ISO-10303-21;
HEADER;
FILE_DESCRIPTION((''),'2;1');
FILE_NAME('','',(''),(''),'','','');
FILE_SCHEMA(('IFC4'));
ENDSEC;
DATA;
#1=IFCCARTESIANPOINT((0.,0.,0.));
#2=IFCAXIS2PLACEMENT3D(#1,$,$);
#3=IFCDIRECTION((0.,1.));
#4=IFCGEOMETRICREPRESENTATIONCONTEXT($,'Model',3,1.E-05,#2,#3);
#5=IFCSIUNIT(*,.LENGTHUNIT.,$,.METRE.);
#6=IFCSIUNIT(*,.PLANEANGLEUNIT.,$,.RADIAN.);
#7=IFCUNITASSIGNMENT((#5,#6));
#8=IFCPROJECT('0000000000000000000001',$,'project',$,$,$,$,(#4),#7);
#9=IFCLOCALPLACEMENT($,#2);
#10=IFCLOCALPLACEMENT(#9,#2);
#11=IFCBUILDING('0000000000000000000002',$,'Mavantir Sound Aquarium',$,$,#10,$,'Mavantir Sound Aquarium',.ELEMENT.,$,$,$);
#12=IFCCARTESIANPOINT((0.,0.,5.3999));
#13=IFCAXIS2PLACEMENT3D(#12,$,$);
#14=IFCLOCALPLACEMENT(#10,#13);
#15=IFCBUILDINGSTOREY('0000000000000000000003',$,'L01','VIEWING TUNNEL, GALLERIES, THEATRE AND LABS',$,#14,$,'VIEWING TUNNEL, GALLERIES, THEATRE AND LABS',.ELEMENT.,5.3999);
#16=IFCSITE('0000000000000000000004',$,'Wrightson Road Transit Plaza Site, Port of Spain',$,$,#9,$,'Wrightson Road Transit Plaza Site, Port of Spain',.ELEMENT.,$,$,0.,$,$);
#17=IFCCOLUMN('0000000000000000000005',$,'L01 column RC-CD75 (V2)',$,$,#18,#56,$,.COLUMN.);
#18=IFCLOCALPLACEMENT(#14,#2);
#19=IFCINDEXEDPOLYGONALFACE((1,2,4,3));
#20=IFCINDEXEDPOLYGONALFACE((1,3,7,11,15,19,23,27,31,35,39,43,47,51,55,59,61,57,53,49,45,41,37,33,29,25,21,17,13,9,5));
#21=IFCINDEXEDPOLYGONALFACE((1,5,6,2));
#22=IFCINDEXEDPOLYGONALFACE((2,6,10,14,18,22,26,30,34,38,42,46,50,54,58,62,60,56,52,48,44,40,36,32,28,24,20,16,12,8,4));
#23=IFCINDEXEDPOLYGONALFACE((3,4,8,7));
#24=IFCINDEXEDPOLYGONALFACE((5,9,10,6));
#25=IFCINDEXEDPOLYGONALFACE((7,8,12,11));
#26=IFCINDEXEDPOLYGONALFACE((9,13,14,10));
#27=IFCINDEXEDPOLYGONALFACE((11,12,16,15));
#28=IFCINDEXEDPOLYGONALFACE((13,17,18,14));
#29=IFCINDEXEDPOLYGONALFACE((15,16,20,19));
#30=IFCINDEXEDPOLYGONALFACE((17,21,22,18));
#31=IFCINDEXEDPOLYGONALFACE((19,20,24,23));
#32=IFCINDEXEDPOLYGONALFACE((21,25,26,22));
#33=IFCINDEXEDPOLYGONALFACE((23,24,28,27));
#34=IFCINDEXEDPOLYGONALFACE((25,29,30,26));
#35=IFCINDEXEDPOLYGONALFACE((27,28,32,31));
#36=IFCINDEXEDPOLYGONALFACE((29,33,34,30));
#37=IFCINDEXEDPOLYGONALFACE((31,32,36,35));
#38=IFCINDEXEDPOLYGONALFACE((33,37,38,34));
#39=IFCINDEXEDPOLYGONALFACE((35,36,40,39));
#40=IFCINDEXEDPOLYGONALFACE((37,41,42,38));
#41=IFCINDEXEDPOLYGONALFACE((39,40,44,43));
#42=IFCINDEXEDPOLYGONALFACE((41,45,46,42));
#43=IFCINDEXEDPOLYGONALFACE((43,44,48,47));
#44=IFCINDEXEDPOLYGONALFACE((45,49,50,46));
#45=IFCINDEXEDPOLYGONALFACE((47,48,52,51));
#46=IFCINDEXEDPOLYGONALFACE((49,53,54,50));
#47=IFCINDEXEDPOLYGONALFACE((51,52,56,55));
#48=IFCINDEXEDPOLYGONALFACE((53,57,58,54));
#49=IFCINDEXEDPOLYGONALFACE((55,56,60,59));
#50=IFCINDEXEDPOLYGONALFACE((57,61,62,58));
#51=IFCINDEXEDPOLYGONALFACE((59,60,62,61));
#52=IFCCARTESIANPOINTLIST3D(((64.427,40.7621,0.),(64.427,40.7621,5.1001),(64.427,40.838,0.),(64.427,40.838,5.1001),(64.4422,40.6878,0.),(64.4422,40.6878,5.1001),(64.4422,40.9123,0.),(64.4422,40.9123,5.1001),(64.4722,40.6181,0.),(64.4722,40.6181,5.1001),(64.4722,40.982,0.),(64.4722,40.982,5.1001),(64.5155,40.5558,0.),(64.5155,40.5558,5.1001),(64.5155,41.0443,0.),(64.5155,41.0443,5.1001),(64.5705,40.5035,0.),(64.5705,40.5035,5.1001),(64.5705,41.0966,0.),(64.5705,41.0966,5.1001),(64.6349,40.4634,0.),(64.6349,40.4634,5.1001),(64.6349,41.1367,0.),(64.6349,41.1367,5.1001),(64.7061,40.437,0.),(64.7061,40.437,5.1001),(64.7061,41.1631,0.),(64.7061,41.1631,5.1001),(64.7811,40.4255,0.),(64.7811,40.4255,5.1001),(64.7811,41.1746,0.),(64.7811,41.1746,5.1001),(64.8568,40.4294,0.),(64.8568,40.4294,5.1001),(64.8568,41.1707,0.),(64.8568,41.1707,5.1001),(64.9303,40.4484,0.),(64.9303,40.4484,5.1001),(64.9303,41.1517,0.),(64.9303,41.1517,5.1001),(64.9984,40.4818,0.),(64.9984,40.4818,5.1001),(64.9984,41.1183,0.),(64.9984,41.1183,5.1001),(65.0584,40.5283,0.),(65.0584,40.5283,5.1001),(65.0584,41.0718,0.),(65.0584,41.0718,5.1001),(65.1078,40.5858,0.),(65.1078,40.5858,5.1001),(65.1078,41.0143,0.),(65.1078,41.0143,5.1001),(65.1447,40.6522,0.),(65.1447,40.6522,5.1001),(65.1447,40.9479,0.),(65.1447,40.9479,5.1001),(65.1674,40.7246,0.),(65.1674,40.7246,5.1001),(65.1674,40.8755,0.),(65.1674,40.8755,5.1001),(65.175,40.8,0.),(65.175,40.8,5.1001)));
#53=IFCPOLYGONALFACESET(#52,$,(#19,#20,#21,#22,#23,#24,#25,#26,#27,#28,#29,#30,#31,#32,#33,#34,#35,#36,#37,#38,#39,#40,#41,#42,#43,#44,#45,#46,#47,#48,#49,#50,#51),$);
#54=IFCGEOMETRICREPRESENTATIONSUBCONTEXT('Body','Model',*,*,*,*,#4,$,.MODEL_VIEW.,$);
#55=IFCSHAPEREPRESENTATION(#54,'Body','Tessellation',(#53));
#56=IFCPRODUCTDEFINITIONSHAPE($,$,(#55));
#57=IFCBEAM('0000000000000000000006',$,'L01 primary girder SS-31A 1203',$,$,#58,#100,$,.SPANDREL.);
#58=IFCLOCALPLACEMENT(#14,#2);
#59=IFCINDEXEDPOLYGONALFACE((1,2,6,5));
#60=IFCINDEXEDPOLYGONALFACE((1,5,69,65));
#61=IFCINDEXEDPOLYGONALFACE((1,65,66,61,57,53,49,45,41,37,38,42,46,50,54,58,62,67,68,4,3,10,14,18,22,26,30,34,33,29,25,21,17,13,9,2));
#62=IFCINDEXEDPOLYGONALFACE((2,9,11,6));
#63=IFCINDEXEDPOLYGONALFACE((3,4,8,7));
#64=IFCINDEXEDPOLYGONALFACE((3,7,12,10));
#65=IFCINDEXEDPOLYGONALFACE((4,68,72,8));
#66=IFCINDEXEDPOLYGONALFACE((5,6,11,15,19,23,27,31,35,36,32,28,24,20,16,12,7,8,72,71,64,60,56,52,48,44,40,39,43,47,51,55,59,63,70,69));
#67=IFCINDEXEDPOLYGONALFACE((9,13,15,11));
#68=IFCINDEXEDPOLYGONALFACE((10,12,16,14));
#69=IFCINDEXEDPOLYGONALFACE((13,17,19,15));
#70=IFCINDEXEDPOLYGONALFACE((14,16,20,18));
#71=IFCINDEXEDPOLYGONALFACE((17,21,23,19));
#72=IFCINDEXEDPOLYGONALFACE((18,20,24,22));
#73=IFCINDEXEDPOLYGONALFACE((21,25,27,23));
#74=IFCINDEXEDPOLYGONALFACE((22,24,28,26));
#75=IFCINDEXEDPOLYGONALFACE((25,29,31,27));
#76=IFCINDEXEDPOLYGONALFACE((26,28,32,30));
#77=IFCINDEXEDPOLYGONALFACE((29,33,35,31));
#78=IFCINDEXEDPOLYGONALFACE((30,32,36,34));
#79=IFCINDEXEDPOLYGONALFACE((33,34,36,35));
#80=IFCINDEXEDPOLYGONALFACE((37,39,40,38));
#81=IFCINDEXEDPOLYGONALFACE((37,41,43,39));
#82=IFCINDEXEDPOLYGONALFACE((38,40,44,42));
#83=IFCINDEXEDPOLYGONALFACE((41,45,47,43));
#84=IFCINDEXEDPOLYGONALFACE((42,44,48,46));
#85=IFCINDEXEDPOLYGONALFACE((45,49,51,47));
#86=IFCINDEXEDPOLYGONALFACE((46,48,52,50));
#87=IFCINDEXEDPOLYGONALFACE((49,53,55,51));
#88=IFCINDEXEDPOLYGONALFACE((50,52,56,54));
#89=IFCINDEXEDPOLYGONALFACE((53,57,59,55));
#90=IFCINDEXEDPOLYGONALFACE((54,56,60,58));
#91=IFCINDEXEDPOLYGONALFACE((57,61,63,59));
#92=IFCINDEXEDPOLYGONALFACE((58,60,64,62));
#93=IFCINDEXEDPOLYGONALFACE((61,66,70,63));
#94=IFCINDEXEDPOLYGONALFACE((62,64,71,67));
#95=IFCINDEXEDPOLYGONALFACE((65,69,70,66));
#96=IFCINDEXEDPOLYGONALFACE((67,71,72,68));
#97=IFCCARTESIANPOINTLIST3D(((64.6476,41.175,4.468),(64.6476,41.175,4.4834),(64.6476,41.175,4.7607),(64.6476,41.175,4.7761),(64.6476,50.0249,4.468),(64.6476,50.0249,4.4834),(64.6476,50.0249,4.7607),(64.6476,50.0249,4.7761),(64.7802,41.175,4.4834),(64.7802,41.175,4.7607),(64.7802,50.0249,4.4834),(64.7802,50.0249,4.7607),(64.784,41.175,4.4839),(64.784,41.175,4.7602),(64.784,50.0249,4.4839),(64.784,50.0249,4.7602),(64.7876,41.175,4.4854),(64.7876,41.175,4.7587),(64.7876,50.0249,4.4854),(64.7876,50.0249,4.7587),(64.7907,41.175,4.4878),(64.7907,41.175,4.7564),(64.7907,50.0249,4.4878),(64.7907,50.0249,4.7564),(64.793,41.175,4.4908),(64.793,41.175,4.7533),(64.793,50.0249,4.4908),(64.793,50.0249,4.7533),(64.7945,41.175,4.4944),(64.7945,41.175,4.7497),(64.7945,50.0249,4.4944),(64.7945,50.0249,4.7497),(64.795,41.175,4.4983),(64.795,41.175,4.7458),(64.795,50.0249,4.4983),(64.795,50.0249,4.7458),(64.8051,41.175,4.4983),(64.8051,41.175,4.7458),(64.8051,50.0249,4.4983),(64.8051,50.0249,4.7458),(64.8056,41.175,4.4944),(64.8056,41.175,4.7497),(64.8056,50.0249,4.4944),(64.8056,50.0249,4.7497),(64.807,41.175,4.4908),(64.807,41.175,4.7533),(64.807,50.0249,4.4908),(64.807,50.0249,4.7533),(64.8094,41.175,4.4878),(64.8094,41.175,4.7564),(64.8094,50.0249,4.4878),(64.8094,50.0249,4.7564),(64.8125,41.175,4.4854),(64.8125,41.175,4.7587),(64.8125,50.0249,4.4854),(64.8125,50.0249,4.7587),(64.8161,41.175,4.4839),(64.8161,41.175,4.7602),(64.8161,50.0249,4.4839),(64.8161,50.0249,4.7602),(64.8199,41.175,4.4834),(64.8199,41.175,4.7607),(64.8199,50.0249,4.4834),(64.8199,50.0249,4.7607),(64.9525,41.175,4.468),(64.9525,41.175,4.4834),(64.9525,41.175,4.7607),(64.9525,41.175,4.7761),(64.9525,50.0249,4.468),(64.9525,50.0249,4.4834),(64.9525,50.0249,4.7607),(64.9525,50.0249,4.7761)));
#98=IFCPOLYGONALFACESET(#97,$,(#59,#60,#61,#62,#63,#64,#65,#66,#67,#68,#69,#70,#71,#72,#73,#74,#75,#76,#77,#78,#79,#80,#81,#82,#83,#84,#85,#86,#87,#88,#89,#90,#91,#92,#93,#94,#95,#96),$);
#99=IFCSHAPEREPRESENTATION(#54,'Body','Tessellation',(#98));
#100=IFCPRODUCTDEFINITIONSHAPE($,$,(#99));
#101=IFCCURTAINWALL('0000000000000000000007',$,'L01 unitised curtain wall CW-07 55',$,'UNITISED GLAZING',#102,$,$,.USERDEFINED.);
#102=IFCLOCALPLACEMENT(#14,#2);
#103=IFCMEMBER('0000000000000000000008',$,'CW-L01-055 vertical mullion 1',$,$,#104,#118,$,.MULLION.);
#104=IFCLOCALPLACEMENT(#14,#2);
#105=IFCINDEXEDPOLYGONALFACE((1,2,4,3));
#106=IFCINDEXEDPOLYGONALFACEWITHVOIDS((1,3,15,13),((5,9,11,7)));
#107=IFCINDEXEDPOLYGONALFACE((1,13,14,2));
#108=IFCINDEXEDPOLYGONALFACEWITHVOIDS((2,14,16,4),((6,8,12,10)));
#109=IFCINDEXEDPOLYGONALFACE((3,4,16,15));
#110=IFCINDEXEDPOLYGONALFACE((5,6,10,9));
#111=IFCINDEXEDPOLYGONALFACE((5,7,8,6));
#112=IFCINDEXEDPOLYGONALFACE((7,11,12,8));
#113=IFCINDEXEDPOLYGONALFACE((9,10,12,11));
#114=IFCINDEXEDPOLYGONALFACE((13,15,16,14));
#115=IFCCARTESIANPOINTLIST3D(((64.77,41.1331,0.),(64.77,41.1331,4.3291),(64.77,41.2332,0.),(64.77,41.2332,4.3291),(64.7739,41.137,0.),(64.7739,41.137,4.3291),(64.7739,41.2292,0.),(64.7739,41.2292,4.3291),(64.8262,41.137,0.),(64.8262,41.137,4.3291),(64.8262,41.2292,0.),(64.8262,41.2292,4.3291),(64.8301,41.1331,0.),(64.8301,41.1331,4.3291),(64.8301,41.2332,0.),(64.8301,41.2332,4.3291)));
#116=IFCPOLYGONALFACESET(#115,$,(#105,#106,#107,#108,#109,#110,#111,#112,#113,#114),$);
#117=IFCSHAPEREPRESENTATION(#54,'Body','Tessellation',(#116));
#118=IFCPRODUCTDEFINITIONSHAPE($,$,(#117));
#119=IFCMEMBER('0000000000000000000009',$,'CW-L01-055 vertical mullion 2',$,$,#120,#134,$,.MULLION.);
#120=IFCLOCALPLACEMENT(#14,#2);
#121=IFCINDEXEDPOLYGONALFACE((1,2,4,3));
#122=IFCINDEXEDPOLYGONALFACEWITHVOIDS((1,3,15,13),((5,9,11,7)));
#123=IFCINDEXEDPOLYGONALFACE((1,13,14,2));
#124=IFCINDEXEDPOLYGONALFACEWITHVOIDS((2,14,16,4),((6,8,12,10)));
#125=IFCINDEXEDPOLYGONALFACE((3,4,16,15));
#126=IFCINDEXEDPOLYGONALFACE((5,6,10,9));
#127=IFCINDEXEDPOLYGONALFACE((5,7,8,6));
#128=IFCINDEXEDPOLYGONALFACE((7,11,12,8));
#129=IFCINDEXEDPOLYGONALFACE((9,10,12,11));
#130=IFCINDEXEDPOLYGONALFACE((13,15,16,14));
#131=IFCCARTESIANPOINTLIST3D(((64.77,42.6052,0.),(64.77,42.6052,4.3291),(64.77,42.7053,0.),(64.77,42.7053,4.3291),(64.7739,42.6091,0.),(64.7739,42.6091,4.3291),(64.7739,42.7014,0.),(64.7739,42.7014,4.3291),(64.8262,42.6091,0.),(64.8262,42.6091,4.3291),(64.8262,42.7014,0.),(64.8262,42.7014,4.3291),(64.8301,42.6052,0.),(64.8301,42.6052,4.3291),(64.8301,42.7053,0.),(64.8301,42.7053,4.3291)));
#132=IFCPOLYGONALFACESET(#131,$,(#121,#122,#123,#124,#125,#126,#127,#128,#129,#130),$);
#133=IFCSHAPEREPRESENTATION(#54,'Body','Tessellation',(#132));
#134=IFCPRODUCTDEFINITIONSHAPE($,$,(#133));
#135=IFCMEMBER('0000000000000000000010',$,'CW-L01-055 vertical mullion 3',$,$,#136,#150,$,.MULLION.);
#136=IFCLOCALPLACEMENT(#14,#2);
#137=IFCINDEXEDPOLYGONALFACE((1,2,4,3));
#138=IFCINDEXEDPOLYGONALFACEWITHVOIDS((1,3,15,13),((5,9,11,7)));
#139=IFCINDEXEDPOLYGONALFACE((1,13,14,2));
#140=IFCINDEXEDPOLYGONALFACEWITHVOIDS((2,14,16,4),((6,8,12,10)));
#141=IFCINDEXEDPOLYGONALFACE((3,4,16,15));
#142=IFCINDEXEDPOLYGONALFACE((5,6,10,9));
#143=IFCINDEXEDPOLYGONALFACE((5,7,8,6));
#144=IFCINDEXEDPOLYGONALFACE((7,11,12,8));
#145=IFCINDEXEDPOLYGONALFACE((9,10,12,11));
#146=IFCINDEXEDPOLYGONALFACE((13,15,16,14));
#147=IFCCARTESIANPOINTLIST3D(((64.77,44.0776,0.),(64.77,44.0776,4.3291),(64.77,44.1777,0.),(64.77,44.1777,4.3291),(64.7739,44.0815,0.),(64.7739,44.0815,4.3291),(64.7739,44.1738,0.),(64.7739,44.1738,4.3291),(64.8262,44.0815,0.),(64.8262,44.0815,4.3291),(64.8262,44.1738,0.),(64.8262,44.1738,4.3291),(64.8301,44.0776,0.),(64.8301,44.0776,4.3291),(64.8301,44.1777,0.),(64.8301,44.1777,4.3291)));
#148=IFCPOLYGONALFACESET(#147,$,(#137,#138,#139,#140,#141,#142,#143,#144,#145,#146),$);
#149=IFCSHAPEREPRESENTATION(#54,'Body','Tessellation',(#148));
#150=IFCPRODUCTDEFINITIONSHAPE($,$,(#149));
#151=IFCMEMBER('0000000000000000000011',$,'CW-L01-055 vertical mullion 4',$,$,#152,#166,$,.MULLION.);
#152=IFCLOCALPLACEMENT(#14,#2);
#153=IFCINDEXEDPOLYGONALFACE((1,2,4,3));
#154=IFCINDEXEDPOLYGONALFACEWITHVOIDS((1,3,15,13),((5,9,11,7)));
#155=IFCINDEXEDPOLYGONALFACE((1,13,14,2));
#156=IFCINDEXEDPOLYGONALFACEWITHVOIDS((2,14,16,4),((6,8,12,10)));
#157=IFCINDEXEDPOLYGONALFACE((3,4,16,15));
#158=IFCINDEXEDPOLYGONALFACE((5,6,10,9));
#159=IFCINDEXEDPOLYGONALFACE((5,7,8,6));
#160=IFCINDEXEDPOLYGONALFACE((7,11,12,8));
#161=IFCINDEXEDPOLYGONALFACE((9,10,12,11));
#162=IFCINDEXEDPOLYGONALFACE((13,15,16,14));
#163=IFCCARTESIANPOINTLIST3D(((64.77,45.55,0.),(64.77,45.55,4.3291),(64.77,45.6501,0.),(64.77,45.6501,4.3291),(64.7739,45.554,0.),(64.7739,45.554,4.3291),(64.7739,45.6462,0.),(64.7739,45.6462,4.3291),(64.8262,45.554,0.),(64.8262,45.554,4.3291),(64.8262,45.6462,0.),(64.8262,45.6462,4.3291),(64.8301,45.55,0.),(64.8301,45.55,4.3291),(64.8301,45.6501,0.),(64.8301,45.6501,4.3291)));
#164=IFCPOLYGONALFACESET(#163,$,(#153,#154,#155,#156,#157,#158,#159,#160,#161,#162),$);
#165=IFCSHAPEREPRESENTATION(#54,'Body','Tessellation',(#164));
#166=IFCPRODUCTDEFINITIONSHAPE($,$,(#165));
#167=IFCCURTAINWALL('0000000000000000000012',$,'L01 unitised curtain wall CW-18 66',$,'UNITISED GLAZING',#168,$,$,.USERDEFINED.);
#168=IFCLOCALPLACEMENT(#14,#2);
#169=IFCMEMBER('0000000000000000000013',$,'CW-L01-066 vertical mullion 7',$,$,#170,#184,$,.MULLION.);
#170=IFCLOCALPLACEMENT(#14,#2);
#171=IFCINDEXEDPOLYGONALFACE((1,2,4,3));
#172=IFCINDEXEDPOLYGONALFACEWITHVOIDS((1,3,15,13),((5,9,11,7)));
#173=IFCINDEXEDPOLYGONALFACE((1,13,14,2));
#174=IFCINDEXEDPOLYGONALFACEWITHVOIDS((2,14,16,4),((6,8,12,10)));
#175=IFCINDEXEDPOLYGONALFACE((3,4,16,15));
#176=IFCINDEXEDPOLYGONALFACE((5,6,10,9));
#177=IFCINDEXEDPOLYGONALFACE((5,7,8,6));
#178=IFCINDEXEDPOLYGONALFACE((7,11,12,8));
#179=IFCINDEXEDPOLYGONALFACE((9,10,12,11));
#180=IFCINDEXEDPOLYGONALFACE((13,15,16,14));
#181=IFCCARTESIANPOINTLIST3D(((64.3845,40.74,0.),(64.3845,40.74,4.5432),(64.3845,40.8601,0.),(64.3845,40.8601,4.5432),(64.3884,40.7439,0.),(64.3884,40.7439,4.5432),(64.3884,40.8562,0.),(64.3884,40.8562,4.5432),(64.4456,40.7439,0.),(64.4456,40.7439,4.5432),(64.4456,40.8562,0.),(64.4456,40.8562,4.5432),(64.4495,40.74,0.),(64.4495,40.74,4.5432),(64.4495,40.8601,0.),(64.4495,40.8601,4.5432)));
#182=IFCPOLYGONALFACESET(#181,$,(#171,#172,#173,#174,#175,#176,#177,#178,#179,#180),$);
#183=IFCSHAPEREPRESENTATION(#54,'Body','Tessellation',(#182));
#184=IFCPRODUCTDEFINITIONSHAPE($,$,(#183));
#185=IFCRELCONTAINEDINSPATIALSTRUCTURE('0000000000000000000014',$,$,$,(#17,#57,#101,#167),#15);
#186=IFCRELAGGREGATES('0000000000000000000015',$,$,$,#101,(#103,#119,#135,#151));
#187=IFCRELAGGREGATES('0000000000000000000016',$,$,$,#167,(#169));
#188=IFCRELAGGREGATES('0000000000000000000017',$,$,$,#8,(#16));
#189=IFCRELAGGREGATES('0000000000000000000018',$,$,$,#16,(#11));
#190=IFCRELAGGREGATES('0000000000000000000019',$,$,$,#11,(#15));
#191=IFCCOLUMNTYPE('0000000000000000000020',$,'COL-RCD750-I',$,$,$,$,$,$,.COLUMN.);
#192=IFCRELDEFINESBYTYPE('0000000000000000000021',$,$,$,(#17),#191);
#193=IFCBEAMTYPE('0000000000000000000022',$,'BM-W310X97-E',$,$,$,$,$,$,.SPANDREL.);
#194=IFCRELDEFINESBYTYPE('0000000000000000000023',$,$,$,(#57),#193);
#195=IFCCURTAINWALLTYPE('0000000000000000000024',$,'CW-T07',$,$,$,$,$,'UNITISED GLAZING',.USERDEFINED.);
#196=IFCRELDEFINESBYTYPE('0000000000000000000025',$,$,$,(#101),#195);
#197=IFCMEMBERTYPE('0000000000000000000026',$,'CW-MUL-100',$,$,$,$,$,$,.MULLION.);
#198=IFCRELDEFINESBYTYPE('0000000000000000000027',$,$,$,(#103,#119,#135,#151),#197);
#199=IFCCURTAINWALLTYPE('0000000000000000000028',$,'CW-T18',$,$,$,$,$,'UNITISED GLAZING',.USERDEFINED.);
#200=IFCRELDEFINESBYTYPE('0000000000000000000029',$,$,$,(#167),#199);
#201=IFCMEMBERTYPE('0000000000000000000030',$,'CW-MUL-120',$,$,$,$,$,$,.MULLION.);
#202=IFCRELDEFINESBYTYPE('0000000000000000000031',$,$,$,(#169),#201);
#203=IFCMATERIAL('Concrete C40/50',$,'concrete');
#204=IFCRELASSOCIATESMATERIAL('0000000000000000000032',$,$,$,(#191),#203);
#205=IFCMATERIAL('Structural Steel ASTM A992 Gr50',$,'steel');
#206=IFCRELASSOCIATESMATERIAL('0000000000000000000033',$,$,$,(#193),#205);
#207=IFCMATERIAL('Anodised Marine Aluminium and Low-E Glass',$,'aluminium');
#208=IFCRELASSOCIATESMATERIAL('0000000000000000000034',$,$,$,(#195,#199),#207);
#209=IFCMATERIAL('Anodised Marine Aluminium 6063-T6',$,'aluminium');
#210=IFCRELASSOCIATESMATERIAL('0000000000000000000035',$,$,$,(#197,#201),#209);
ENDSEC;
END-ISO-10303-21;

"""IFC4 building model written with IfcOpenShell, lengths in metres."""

from ifc_helpers import new_model, si_unit, direction, frame, origin, origin_2d, place, context, subcontext, project, spatial, hollow_rectangle, circle, i_section, extrude, material, material_profile, profile_set, type_object, element, aggregate, save


model = new_model("IFC4")

# Units and contexts
model_context = context("Model", 3, precision=1e-05, world=origin(), true_north=direction((0.0, 1.0)))
body_context = subcontext(model_context, "Body", "Model", "MODEL_VIEW")
ifc_project = project(units=[si_unit("LENGTHUNIT", "METRE"), si_unit("PLANEANGLEUNIT", "RADIAN")], contexts=[model_context])

# Site, building, storey
site_placement = place(None, origin())
site = spatial("IfcSite", under=ifc_project, at=site_placement, Name="Wrightson Road Transit Plaza Site, Port of Spain", LongName="Wrightson Road Transit Plaza Site, Port of Spain", CompositionType="ELEMENT", RefElevation=0.0)
building_placement = place(site_placement, origin())
building = spatial("IfcBuilding", under=site, at=building_placement, Name="Mavantir Sound Aquarium", LongName="Mavantir Sound Aquarium", CompositionType="ELEMENT")
storey_placement = place(building_placement, frame((0.0, 0.0, 5.3999)))
storey = spatial("IfcBuildingStorey", under=building, at=storey_placement, Name="L01", Description="VIEWING TUNNEL, GALLERIES, THEATRE AND LABS", LongName="VIEWING TUNNEL, GALLERIES, THEATRE AND LABS", CompositionType="ELEMENT", Elevation=5.3999)

# Column
ifc_material_1 = material(Name="Concrete C40/50", Category="concrete")
ifc_material_profile_1 = material_profile(ifc_material_1, circle(Radius=0.375, at=origin_2d()), Name="RC D750")
ifc_profile_set_1 = profile_set([ifc_material_profile_1], Name="Concrete C40/50")
column_type = type_object("IfcColumnType", Name="COL-RCD750-I", PredefinedType="COLUMN", material=ifc_profile_set_1)
column_placement = place(storey_placement, frame((64.8, 40.8, 0.0), z_axis=(0.0, 0.0, 1.0), x_axis=(1.0, 0.0, 0.0)))
element("IfcColumn", 1, at=column_placement, inside=storey, type_object=column_type, Name="L01 column RC-CD75 (V2)", PredefinedType="COLUMN", context=body_context, shape_type="SweptSolid", body=[
    extrude(circle(Radius=0.375, at=origin_2d()), origin(), (0.0, 0.0, 1.0), 5.1001),
])

# Beam
ifc_material_2 = material(Name="Structural Steel ASTM A992 Gr50", Category="steel")
ifc_material_profile_2 = material_profile(ifc_material_2, i_section(OverallWidth=0.3049, OverallDepth=0.3081, WebThickness=0.01, FlangeThickness=0.0154, FilletRadius=0.0149, at=origin_2d()), Name="W310X97")
ifc_profile_set_2 = profile_set([ifc_material_profile_2], Name="Structural Steel ASTM A992 Gr50")
beam_type = type_object("IfcBeamType", Name="BM-W310X97-E", PredefinedType="SPANDREL", material=ifc_profile_set_2)
beam_placement = place(storey_placement, frame((64.8, 41.175, 4.6221), z_axis=(0.0, 1.0, 0.0), x_axis=(-1.0, 0.0, 0.0)))
element("IfcBeam", 2, at=beam_placement, inside=storey, type_object=beam_type, Name="L01 primary girder SS-31A 1203", PredefinedType="SPANDREL", context=body_context, shape_type="SweptSolid", body=[
    extrude(i_section(OverallWidth=0.3049, OverallDepth=0.3081, WebThickness=0.01, FlangeThickness=0.0154, FilletRadius=0.0149, at=origin_2d()), origin(), (0.0, 0.0, 1.0), 8.8499),
])

# Curtain wall, members
ifc_material_3 = material(Name="Anodised Marine Aluminium and Low-E Glass", Category="aluminium")
curtain_wall_type_1 = type_object("IfcCurtainWallType", Name="CW-T07", ElementType="UNITISED GLAZING", PredefinedType="USERDEFINED", material=ifc_material_3)
curtain_wall_1_placement = place(storey_placement, origin())
curtain_wall_1 = element("IfcCurtainWall", 3, at=curtain_wall_1_placement, inside=storey, type_object=curtain_wall_type_1, Name="L01 unitised curtain wall CW-07 55", ObjectType="UNITISED GLAZING", PredefinedType="USERDEFINED")
ifc_material_4 = material(Name="Anodised Marine Aluminium 6063-T6", Category="aluminium")
ifc_material_profile_3 = material_profile(ifc_material_4, hollow_rectangle(XDim=0.0601, YDim=0.1001, WallThickness=0.0039, at=origin_2d()), Name="ALU-MULLION-100X60")
ifc_profile_set_3 = profile_set([ifc_material_profile_3], Name="Anodised Marine Aluminium 6063-T6")
member_type_1 = type_object("IfcMemberType", Name="CW-MUL-100", PredefinedType="MULLION", material=ifc_profile_set_3)
member_1_placement = place(storey_placement, frame((64.8, 41.1831, 0.0), z_axis=(0.0, 0.0, 1.0), x_axis=(1.0, 0.0, 0.0)))
member_1 = element("IfcMember", 4, at=member_1_placement, type_object=member_type_1, Name="CW-L01-055 vertical mullion 1", PredefinedType="MULLION", context=body_context, shape_type="SweptSolid", body=[
    extrude(hollow_rectangle(XDim=0.0601, YDim=0.1001, WallThickness=0.0039, at=origin_2d()), origin(), (0.0, 0.0, 1.0), 4.3291),
])
member_2_placement = place(storey_placement, frame((64.8, 42.6553, 0.0), z_axis=(0.0, 0.0, 1.0), x_axis=(1.0, 0.0, 0.0)))
member_2 = element("IfcMember", 5, at=member_2_placement, type_object=member_type_1, Name="CW-L01-055 vertical mullion 2", PredefinedType="MULLION", context=body_context, shape_type="SweptSolid", body=[
    extrude(hollow_rectangle(XDim=0.0601, YDim=0.1001, WallThickness=0.0039, at=origin_2d()), origin(), (0.0, 0.0, 1.0), 4.3291),
])
member_3_placement = place(storey_placement, frame((64.8, 44.1277, 0.0), z_axis=(0.0, 0.0, 1.0), x_axis=(1.0, 0.0, 0.0)))
member_3 = element("IfcMember", 6, at=member_3_placement, type_object=member_type_1, Name="CW-L01-055 vertical mullion 3", PredefinedType="MULLION", context=body_context, shape_type="SweptSolid", body=[
    extrude(hollow_rectangle(XDim=0.0601, YDim=0.1001, WallThickness=0.0039, at=origin_2d()), origin(), (0.0, 0.0, 1.0), 4.3291),
])
member_4_placement = place(storey_placement, frame((64.8, 45.6001, 0.0), z_axis=(0.0, 0.0, 1.0), x_axis=(1.0, 0.0, 0.0)))
member_4 = element("IfcMember", 7, at=member_4_placement, type_object=member_type_1, Name="CW-L01-055 vertical mullion 4", PredefinedType="MULLION", context=body_context, shape_type="SweptSolid", body=[
    extrude(hollow_rectangle(XDim=0.0601, YDim=0.1001, WallThickness=0.0039, at=origin_2d()), origin(), (0.0, 0.0, 1.0), 4.3291),
])

# Curtain wall, member
curtain_wall_type_2 = type_object("IfcCurtainWallType", Name="CW-T18", ElementType="UNITISED GLAZING", PredefinedType="USERDEFINED", material=ifc_material_3)
curtain_wall_2_placement = place(storey_placement, origin())
curtain_wall_2 = element("IfcCurtainWall", 8, at=curtain_wall_2_placement, inside=storey, type_object=curtain_wall_type_2, Name="L01 unitised curtain wall CW-18 66", ObjectType="UNITISED GLAZING", PredefinedType="USERDEFINED")
ifc_material_profile_4 = material_profile(ifc_material_4, hollow_rectangle(XDim=0.0649, YDim=0.1201, WallThickness=0.0039, at=origin_2d()), Name="ALU-MULLION-120X65")
ifc_profile_set_4 = profile_set([ifc_material_profile_4], Name="Anodised Marine Aluminium 6063-T6")
member_type_2 = type_object("IfcMemberType", Name="CW-MUL-120", PredefinedType="MULLION", material=ifc_profile_set_4)
member_5_placement = place(storey_placement, frame((64.417, 40.8, 0.0), z_axis=(0.0, 0.0, 1.0), x_axis=(1.0, 0.0, 0.0)))
member_5 = element("IfcMember", 9, at=member_5_placement, type_object=member_type_2, Name="CW-L01-066 vertical mullion 7", PredefinedType="MULLION", context=body_context, shape_type="SweptSolid", body=[
    extrude(hollow_rectangle(XDim=0.0649, YDim=0.1201, WallThickness=0.0039, at=origin_2d()), origin(), (0.0, 0.0, 1.0), 4.5432),
])

aggregate(curtain_wall_1, [member_1, member_2, member_3, member_4])
aggregate(curtain_wall_2, [member_5])

save(model, "model.ifc")
